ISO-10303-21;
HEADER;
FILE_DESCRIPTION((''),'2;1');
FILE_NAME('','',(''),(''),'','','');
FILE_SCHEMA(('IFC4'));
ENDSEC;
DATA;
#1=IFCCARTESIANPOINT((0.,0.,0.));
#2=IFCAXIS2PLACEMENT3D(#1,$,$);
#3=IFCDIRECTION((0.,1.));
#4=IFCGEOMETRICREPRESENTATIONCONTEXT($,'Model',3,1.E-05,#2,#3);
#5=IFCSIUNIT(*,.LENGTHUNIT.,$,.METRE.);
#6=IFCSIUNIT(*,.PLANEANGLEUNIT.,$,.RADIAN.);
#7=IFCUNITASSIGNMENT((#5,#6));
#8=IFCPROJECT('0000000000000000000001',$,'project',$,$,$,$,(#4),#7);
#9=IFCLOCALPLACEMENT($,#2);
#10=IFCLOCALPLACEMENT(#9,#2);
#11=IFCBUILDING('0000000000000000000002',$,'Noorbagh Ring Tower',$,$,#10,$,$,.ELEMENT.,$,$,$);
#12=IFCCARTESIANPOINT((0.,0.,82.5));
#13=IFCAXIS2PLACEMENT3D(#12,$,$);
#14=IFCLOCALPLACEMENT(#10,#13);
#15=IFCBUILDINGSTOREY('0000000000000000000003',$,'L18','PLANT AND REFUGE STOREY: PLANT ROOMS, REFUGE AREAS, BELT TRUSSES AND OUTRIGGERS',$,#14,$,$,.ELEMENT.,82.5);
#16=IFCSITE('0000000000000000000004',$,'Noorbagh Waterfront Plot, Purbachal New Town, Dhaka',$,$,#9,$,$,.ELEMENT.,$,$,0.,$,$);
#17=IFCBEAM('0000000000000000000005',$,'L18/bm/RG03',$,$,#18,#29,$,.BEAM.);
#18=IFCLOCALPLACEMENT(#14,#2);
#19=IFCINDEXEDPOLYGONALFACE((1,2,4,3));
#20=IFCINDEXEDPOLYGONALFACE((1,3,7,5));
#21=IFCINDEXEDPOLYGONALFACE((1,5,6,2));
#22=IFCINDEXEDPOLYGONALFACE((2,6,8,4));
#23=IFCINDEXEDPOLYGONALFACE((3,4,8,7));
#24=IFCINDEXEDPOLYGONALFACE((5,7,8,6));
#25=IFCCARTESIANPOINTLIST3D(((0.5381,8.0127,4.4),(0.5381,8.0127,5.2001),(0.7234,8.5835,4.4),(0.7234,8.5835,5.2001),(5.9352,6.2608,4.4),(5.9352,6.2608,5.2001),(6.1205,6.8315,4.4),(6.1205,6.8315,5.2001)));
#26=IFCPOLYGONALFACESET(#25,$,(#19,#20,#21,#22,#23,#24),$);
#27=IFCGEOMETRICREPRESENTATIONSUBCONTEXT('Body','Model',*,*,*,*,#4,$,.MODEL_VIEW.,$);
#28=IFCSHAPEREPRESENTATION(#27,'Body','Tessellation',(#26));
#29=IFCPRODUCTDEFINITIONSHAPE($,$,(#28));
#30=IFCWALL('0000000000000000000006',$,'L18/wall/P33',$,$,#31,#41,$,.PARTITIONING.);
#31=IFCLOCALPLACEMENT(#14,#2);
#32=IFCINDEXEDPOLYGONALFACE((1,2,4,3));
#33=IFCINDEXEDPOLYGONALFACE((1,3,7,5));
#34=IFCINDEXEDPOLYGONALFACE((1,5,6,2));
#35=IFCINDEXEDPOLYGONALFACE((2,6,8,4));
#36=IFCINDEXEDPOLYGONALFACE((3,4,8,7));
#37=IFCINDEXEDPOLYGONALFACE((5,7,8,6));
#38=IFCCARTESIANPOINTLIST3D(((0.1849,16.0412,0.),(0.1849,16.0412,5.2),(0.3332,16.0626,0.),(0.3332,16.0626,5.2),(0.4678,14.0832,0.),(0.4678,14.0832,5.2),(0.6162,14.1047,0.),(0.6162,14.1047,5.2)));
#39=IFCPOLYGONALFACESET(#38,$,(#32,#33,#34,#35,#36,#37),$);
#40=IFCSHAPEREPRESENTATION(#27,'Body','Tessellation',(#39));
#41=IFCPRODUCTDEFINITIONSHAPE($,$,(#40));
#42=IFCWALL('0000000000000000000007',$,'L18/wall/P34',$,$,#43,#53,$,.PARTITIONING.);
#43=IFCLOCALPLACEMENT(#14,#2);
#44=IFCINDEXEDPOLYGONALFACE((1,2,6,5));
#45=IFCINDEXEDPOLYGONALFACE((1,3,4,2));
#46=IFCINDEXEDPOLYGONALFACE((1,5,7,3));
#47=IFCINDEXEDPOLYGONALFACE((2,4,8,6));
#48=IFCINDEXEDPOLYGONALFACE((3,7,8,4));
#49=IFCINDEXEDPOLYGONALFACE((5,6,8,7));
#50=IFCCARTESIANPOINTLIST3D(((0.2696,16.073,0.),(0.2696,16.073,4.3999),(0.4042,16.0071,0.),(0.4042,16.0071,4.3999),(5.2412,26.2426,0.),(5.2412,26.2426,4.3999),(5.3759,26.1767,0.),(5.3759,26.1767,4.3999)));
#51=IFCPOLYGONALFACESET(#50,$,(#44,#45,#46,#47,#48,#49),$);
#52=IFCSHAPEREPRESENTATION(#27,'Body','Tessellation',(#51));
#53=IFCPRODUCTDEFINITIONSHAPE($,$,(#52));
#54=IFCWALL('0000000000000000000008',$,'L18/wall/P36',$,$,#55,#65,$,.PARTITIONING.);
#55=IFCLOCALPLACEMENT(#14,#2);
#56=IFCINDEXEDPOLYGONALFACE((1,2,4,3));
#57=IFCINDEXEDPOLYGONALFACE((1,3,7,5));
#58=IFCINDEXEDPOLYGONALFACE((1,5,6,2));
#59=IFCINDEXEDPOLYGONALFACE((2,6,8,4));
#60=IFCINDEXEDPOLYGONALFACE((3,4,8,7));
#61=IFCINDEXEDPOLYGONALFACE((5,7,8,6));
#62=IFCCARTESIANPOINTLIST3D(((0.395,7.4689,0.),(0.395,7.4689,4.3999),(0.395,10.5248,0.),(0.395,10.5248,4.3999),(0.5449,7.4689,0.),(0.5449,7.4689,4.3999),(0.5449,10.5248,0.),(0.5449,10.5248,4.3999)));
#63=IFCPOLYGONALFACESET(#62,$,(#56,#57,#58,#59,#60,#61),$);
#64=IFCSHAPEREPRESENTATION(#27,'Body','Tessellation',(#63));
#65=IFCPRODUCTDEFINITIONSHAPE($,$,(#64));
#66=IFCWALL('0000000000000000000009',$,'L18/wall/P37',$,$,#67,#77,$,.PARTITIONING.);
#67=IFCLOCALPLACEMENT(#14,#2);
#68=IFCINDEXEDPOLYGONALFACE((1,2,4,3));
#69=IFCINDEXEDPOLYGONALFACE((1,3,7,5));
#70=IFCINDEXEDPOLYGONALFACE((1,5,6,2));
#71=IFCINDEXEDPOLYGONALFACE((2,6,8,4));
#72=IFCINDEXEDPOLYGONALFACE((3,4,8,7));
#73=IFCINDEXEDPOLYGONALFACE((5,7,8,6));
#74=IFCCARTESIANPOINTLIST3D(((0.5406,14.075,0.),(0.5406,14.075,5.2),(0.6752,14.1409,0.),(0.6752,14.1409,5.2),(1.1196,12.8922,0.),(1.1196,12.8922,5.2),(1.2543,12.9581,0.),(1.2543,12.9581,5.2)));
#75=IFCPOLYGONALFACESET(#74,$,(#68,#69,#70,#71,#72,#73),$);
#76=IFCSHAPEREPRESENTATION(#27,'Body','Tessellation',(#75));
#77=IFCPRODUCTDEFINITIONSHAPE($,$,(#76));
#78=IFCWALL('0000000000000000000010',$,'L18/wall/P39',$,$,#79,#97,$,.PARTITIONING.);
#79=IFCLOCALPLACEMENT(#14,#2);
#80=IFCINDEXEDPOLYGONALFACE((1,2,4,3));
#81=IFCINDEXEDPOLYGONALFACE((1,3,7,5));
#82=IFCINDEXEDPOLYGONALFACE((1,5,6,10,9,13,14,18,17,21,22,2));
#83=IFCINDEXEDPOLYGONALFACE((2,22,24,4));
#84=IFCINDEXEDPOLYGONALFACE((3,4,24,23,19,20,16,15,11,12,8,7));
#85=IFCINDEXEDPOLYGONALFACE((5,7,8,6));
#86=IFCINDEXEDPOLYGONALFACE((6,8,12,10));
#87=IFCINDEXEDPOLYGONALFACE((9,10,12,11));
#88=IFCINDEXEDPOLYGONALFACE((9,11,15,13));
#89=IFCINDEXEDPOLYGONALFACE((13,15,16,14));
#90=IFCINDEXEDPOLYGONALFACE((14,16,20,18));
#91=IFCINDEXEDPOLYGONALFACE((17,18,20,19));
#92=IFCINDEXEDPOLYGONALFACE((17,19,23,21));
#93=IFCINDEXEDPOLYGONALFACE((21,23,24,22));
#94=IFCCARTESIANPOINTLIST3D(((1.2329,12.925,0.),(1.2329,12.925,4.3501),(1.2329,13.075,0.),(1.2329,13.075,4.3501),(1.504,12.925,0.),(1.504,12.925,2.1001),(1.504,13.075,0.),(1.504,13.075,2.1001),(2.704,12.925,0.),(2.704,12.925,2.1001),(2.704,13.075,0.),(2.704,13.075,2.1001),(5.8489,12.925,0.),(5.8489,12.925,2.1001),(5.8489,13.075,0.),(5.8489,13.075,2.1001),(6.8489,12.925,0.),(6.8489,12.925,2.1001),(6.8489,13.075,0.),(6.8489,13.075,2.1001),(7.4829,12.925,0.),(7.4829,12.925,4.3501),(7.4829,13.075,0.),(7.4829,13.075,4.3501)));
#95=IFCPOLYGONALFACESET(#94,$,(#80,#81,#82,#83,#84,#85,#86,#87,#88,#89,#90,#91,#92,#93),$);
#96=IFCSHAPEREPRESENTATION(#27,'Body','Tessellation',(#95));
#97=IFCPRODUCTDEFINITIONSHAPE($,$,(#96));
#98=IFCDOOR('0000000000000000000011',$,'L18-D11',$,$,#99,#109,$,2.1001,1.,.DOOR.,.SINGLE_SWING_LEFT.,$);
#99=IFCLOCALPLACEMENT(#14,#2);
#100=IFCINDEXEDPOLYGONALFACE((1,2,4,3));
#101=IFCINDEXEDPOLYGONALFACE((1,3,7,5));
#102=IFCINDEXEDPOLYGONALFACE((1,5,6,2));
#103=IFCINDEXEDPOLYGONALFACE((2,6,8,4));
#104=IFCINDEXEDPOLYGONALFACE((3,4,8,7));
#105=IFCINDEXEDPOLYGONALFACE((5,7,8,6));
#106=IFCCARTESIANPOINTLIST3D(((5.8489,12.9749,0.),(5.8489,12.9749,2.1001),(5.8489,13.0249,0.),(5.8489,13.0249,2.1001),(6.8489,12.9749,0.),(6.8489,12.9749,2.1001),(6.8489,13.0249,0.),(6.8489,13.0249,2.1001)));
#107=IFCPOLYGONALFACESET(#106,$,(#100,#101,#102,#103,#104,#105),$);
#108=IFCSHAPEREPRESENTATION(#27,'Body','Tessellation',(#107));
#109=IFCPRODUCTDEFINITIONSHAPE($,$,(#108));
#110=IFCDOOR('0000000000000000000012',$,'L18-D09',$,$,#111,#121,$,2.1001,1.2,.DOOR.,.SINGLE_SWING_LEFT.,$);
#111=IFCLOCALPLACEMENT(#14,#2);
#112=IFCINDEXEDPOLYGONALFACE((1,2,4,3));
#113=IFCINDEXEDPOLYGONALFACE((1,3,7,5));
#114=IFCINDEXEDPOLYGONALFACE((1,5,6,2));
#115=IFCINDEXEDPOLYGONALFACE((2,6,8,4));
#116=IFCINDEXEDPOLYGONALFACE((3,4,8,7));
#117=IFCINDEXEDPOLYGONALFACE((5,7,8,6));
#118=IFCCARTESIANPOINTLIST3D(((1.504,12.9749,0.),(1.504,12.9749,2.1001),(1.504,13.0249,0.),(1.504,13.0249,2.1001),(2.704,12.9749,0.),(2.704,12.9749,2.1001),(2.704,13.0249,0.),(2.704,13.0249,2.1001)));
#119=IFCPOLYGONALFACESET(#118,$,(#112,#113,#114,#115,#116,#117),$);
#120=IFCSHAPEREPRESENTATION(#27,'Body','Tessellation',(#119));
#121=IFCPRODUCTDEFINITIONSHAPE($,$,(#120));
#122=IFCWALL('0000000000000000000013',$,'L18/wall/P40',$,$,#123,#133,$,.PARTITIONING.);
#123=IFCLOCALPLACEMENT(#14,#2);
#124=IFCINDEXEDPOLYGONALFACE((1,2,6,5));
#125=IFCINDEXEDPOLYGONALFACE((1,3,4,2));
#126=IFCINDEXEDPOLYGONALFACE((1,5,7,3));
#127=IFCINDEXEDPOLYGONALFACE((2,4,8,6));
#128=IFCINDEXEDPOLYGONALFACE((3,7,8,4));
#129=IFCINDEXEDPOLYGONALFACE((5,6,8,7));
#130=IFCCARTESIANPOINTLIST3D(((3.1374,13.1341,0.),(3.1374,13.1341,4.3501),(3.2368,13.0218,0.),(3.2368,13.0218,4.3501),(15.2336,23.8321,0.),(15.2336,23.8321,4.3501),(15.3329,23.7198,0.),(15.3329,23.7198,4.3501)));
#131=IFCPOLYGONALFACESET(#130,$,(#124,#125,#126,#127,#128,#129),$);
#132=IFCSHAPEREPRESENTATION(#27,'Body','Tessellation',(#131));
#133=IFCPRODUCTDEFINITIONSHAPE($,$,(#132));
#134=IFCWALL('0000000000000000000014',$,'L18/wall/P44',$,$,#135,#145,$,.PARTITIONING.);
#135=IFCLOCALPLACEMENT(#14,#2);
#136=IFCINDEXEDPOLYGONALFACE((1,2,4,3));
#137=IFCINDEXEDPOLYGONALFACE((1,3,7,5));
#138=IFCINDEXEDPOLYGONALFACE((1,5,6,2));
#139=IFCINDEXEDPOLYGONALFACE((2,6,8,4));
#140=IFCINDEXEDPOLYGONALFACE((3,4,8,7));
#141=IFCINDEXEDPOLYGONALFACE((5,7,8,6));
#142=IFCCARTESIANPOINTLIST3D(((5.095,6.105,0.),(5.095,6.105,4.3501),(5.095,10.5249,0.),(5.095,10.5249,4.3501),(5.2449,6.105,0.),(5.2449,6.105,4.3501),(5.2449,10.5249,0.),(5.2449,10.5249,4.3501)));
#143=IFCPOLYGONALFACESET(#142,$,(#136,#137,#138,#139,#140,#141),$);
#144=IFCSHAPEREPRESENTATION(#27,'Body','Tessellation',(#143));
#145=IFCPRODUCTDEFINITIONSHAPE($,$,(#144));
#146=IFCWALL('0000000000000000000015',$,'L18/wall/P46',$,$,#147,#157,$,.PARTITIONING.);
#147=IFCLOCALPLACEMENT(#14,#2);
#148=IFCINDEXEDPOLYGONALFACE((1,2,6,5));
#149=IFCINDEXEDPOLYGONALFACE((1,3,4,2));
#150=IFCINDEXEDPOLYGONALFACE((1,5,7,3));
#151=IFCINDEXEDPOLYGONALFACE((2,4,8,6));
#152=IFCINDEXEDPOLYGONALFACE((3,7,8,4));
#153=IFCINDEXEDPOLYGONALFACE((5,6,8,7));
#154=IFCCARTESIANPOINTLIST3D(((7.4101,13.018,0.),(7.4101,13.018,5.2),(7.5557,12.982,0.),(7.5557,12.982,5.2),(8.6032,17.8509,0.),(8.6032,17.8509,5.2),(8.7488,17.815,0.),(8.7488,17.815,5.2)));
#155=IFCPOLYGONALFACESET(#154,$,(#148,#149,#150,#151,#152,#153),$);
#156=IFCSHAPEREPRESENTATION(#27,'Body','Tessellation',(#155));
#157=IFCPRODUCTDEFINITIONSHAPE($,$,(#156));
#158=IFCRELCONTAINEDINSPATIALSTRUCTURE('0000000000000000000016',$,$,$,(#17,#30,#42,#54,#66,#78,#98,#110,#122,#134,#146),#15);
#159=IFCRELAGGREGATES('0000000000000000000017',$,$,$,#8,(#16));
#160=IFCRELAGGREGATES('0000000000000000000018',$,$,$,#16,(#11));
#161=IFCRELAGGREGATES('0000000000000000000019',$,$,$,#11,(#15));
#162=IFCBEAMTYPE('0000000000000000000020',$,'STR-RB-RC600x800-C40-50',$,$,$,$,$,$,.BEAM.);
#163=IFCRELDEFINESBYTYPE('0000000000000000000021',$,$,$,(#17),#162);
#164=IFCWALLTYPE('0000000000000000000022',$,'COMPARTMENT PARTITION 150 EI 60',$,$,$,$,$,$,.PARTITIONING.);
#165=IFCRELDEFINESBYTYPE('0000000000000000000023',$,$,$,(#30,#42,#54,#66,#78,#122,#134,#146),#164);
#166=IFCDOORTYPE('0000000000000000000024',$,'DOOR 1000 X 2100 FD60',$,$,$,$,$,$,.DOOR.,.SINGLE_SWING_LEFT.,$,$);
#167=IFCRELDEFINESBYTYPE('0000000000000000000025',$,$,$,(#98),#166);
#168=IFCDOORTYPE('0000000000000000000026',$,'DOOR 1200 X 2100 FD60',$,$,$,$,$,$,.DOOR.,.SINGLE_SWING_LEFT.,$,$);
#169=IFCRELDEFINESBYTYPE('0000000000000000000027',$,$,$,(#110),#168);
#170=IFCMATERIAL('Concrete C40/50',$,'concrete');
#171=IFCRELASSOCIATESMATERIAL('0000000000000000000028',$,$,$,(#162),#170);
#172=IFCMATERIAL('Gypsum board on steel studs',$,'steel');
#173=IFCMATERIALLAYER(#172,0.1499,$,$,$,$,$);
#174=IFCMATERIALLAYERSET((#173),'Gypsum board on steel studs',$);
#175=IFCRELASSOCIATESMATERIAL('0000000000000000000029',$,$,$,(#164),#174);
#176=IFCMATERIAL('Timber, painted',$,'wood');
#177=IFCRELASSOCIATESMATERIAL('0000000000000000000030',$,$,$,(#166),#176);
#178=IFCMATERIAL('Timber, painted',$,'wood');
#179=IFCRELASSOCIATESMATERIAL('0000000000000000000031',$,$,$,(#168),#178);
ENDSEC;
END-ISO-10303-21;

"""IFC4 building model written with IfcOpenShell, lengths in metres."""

from ifc_helpers import new_model, si_unit, direction, frame, frame_2d, origin, origin_2d, place, context, subcontext, project, spatial, rectangle, extrude, material, layer, layer_set, material_profile, profile_set, type_object, element, fill, save


model = new_model("IFC4")

# Units and contexts
model_context = context("Model", 3, precision=1e-05, world=origin(), true_north=direction((0.0, 1.0)))
body_context = subcontext(model_context, "Body", "Model", "MODEL_VIEW")
ifc_project = project(units=[si_unit("LENGTHUNIT", "METRE"), si_unit("PLANEANGLEUNIT", "RADIAN")], contexts=[model_context])

# Site, building, storey
site_placement = place(None, origin())
site = spatial("IfcSite", under=ifc_project, at=site_placement, Name="Noorbagh Waterfront Plot, Purbachal New Town, Dhaka", CompositionType="ELEMENT", RefElevation=0.0)
building_placement = place(site_placement, origin())
building = spatial("IfcBuilding", under=site, at=building_placement, Name="Noorbagh Ring Tower", CompositionType="ELEMENT")
storey_placement = place(building_placement, frame((0.0, 0.0, 82.5)))
storey = spatial("IfcBuildingStorey", under=building, at=storey_placement, Name="L18", Description="PLANT AND REFUGE STOREY: PLANT ROOMS, REFUGE AREAS, BELT TRUSSES AND OUTRIGGERS", CompositionType="ELEMENT", Elevation=82.5)

# Beam
ifc_material_1 = material(Name="Concrete C40/50", Category="concrete")
ifc_material_profile_1 = material_profile(ifc_material_1, rectangle(XDim=0.6001, YDim=0.8, at=origin_2d()), Name="RC600x800")
ifc_profile_set_1 = profile_set([ifc_material_profile_1], Name="Concrete C40/50")
beam_type_1 = type_object("IfcBeamType", Name="STR-RB-RC600x800-C40-50", PredefinedType="BEAM", material=ifc_profile_set_1)
beam_1_placement = place(storey_placement, frame((6.0278, 6.5461, 4.8), z_axis=(-0.951141, 0.308757, 0.0), x_axis=(-0.308757, -0.951141, 0.0)))
element("IfcBeam", 1, at=beam_1_placement, inside=storey, type_object=beam_type_1, Name="L18/bm/RG03", PredefinedType="BEAM", context=body_context, shape_type="SweptSolid", body=[
    extrude(rectangle(XDim=0.6001, YDim=0.8, at=origin_2d()), origin(), (0.0, 0.0, 1.0), 5.6743),
])

# Walls
ifc_material_2 = material(Name="Gypsum board on steel studs", Category="steel")
ifc_layer = layer(ifc_material_2, 0.1499)
ifc_layer_set = layer_set([ifc_layer], Name="Gypsum board on steel studs")
wall_type = type_object("IfcWallType", Name="COMPARTMENT PARTITION 150 EI 60", PredefinedType="PARTITIONING", material=ifc_layer_set)
wall_1_placement = place(storey_placement, frame((0.259, 16.052, 0.0), z_axis=(0.0, 0.0, 1.0), x_axis=(0.143028, -0.989719, 0.0)))
element("IfcWall", 2, at=wall_1_placement, inside=storey, type_object=wall_type, Name="L18/wall/P33", PredefinedType="PARTITIONING", context=body_context, shape_type="SweptSolid", body=[
    extrude(rectangle(XDim=1.9783, YDim=0.1499, at=frame_2d((0.9893, 0.0))), origin(), (0.0, 0.0, 1.0), 5.2),
])
wall_2_placement = place(storey_placement, frame((0.3369, 16.04, 0.0), z_axis=(0.0, 0.0, 1.0), x_axis=(0.439199, 0.89839, 0.0)))
element("IfcWall", 3, at=wall_2_placement, inside=storey, type_object=wall_type, Name="L18/wall/P34", PredefinedType="PARTITIONING", context=body_context, shape_type="SweptSolid", body=[
    extrude(rectangle(XDim=11.3198, YDim=0.1499, at=frame_2d((5.6599, 0.0))), origin(), (0.0, 0.0, 1.0), 4.3999),
])
wall_3_placement = place(storey_placement, frame((0.47, 7.469, 0.0), z_axis=(0.0, 0.0, 1.0), x_axis=(0.0, 1.0, 0.0)))
element("IfcWall", 4, at=wall_3_placement, inside=storey, type_object=wall_type, Name="L18/wall/P36", PredefinedType="PARTITIONING", context=body_context, shape_type="SweptSolid", body=[
    extrude(rectangle(XDim=3.0559, YDim=0.1499, at=frame_2d((1.5278, 0.0))), origin(), (0.0, 0.0, 1.0), 4.3999),
])
wall_4_placement = place(storey_placement, frame((0.6079, 14.1079, 0.0), z_axis=(0.0, 0.0, 1.0), x_axis=(0.439709, -0.89814, 0.0)))
element("IfcWall", 5, at=wall_4_placement, inside=storey, type_object=wall_type, Name="L18/wall/P37", PredefinedType="PARTITIONING", context=body_context, shape_type="SweptSolid", body=[
    extrude(rectangle(XDim=1.3169, YDim=0.1499, at=frame_2d((0.6584, 0.0))), origin(), (0.0, 0.0, 1.0), 5.2),
])

# Wall, openings, doors
wall_5_placement = place(storey_placement, frame((1.2329, 13.0, 0.0), z_axis=(0.0, 0.0, 1.0), x_axis=(1.0, 0.0, 0.0)))
wall_5 = element("IfcWall", 6, at=wall_5_placement, inside=storey, type_object=wall_type, Name="L18/wall/P39", PredefinedType="PARTITIONING", context=body_context, shape_type="SweptSolid", body=[
    extrude(rectangle(XDim=6.25, YDim=0.1499, at=frame_2d((3.125, 0.0))), origin(), (0.0, 0.0, 1.0), 4.3501),
])
opening_1_placement = place(wall_5_placement, frame((0.271, 0.0, 0.0)))
opening_1 = element("IfcOpeningElement", 7, at=opening_1_placement, cuts=wall_5, PredefinedType="OPENING", context=body_context, shape_type="SweptSolid", body=[
    extrude(rectangle(XDim=1.2, YDim=2.1001, at=frame_2d((0.6001, 1.05))), frame((0.0, 0.085, 0.0), z_axis=(0.0, -1.0, 0.0), x_axis=(1.0, 0.0, 0.0)), (0.0, 0.0, 1.0), 0.1699),
])
opening_2_placement = place(wall_5_placement, frame((4.616, 0.0, 0.0)))
opening_2 = element("IfcOpeningElement", 8, at=opening_2_placement, cuts=wall_5, PredefinedType="OPENING", context=body_context, shape_type="SweptSolid", body=[
    extrude(rectangle(XDim=1.0, YDim=2.1001, at=frame_2d((0.5, 1.05))), frame((0.0, 0.085, 0.0), z_axis=(0.0, -1.0, 0.0), x_axis=(1.0, 0.0, 0.0)), (0.0, 0.0, 1.0), 0.1699),
])
ifc_material_3 = material(Name="Timber, painted", Category="wood")
door_type_1 = type_object("IfcDoorType", Name="DOOR 1000 X 2100 FD60", OperationType="SINGLE_SWING_LEFT", PredefinedType="DOOR", material=ifc_material_3)
door_1_placement = place(opening_2_placement, origin())
door_1 = element("IfcDoor", 9, at=door_1_placement, inside=storey, type_object=door_type_1, Name="L18-D11", OperationType="SINGLE_SWING_LEFT", OverallHeight=2.1001, OverallWidth=1.0, PredefinedType="DOOR", context=body_context, shape_type="SweptSolid", body=[
    extrude(rectangle(XDim=1.0, YDim=2.1001, at=frame_2d((0.5, 1.05))), frame((0.0, 0.0249, 0.0), z_axis=(0.0, -1.0, 0.0), x_axis=(1.0, 0.0, 0.0)), (0.0, 0.0, 1.0), 0.05),
])
fill(opening_2, door_1)
ifc_material_4 = material(Name="Timber, painted", Category="wood")
door_type_2 = type_object("IfcDoorType", Name="DOOR 1200 X 2100 FD60", OperationType="SINGLE_SWING_LEFT", PredefinedType="DOOR", material=ifc_material_4)
door_2_placement = place(opening_1_placement, origin())
door_2 = element("IfcDoor", 10, at=door_2_placement, inside=storey, type_object=door_type_2, Name="L18-D09", OperationType="SINGLE_SWING_LEFT", OverallHeight=2.1001, OverallWidth=1.2, PredefinedType="DOOR", context=body_context, shape_type="SweptSolid", body=[
    extrude(rectangle(XDim=1.2, YDim=2.1001, at=frame_2d((0.6001, 1.05))), frame((0.0, 0.0249, 0.0), z_axis=(0.0, -1.0, 0.0), x_axis=(1.0, 0.0, 0.0)), (0.0, 0.0, 1.0), 0.05),
])
fill(opening_1, door_2)

# Walls
wall_6_placement = place(storey_placement, frame((3.187, 13.0779, 0.0), z_axis=(0.0, 0.0, 1.0), x_axis=(0.749073, 0.662488, 0.0)))
element("IfcWall", 11, at=wall_6_placement, inside=storey, type_object=wall_type, Name="L18/wall/P40", PredefinedType="PARTITIONING", context=body_context, shape_type="SweptSolid", body=[
    extrude(rectangle(XDim=16.1482, YDim=0.1499, at=frame_2d((8.0742, 0.0))), origin(), (0.0, 0.0, 1.0), 4.3501),
])
wall_7_placement = place(storey_placement, frame((5.1699, 6.105, 0.0), z_axis=(0.0, 0.0, 1.0), x_axis=(0.0, 1.0, 0.0)))
element("IfcWall", 12, at=wall_7_placement, inside=storey, type_object=wall_type, Name="L18/wall/P44", PredefinedType="PARTITIONING", context=body_context, shape_type="SweptSolid", body=[
    extrude(rectangle(XDim=4.4199, YDim=0.1499, at=frame_2d((2.21, 0.0))), origin(), (0.0, 0.0, 1.0), 4.3501),
])
wall_8_placement = place(storey_placement, frame((7.4829, 13.0, 0.0), z_axis=(0.0, 0.0, 1.0), x_axis=(0.239673, 0.970854, 0.0)))
element("IfcWall", 13, at=wall_8_placement, inside=storey, type_object=wall_type, Name="L18/wall/P46", PredefinedType="PARTITIONING", context=body_context, shape_type="SweptSolid", body=[
    extrude(rectangle(XDim=4.978, YDim=0.1499, at=frame_2d((2.489, 0.0))), origin(), (0.0, 0.0, 1.0), 5.2),
])

save(model, "model.ifc")
